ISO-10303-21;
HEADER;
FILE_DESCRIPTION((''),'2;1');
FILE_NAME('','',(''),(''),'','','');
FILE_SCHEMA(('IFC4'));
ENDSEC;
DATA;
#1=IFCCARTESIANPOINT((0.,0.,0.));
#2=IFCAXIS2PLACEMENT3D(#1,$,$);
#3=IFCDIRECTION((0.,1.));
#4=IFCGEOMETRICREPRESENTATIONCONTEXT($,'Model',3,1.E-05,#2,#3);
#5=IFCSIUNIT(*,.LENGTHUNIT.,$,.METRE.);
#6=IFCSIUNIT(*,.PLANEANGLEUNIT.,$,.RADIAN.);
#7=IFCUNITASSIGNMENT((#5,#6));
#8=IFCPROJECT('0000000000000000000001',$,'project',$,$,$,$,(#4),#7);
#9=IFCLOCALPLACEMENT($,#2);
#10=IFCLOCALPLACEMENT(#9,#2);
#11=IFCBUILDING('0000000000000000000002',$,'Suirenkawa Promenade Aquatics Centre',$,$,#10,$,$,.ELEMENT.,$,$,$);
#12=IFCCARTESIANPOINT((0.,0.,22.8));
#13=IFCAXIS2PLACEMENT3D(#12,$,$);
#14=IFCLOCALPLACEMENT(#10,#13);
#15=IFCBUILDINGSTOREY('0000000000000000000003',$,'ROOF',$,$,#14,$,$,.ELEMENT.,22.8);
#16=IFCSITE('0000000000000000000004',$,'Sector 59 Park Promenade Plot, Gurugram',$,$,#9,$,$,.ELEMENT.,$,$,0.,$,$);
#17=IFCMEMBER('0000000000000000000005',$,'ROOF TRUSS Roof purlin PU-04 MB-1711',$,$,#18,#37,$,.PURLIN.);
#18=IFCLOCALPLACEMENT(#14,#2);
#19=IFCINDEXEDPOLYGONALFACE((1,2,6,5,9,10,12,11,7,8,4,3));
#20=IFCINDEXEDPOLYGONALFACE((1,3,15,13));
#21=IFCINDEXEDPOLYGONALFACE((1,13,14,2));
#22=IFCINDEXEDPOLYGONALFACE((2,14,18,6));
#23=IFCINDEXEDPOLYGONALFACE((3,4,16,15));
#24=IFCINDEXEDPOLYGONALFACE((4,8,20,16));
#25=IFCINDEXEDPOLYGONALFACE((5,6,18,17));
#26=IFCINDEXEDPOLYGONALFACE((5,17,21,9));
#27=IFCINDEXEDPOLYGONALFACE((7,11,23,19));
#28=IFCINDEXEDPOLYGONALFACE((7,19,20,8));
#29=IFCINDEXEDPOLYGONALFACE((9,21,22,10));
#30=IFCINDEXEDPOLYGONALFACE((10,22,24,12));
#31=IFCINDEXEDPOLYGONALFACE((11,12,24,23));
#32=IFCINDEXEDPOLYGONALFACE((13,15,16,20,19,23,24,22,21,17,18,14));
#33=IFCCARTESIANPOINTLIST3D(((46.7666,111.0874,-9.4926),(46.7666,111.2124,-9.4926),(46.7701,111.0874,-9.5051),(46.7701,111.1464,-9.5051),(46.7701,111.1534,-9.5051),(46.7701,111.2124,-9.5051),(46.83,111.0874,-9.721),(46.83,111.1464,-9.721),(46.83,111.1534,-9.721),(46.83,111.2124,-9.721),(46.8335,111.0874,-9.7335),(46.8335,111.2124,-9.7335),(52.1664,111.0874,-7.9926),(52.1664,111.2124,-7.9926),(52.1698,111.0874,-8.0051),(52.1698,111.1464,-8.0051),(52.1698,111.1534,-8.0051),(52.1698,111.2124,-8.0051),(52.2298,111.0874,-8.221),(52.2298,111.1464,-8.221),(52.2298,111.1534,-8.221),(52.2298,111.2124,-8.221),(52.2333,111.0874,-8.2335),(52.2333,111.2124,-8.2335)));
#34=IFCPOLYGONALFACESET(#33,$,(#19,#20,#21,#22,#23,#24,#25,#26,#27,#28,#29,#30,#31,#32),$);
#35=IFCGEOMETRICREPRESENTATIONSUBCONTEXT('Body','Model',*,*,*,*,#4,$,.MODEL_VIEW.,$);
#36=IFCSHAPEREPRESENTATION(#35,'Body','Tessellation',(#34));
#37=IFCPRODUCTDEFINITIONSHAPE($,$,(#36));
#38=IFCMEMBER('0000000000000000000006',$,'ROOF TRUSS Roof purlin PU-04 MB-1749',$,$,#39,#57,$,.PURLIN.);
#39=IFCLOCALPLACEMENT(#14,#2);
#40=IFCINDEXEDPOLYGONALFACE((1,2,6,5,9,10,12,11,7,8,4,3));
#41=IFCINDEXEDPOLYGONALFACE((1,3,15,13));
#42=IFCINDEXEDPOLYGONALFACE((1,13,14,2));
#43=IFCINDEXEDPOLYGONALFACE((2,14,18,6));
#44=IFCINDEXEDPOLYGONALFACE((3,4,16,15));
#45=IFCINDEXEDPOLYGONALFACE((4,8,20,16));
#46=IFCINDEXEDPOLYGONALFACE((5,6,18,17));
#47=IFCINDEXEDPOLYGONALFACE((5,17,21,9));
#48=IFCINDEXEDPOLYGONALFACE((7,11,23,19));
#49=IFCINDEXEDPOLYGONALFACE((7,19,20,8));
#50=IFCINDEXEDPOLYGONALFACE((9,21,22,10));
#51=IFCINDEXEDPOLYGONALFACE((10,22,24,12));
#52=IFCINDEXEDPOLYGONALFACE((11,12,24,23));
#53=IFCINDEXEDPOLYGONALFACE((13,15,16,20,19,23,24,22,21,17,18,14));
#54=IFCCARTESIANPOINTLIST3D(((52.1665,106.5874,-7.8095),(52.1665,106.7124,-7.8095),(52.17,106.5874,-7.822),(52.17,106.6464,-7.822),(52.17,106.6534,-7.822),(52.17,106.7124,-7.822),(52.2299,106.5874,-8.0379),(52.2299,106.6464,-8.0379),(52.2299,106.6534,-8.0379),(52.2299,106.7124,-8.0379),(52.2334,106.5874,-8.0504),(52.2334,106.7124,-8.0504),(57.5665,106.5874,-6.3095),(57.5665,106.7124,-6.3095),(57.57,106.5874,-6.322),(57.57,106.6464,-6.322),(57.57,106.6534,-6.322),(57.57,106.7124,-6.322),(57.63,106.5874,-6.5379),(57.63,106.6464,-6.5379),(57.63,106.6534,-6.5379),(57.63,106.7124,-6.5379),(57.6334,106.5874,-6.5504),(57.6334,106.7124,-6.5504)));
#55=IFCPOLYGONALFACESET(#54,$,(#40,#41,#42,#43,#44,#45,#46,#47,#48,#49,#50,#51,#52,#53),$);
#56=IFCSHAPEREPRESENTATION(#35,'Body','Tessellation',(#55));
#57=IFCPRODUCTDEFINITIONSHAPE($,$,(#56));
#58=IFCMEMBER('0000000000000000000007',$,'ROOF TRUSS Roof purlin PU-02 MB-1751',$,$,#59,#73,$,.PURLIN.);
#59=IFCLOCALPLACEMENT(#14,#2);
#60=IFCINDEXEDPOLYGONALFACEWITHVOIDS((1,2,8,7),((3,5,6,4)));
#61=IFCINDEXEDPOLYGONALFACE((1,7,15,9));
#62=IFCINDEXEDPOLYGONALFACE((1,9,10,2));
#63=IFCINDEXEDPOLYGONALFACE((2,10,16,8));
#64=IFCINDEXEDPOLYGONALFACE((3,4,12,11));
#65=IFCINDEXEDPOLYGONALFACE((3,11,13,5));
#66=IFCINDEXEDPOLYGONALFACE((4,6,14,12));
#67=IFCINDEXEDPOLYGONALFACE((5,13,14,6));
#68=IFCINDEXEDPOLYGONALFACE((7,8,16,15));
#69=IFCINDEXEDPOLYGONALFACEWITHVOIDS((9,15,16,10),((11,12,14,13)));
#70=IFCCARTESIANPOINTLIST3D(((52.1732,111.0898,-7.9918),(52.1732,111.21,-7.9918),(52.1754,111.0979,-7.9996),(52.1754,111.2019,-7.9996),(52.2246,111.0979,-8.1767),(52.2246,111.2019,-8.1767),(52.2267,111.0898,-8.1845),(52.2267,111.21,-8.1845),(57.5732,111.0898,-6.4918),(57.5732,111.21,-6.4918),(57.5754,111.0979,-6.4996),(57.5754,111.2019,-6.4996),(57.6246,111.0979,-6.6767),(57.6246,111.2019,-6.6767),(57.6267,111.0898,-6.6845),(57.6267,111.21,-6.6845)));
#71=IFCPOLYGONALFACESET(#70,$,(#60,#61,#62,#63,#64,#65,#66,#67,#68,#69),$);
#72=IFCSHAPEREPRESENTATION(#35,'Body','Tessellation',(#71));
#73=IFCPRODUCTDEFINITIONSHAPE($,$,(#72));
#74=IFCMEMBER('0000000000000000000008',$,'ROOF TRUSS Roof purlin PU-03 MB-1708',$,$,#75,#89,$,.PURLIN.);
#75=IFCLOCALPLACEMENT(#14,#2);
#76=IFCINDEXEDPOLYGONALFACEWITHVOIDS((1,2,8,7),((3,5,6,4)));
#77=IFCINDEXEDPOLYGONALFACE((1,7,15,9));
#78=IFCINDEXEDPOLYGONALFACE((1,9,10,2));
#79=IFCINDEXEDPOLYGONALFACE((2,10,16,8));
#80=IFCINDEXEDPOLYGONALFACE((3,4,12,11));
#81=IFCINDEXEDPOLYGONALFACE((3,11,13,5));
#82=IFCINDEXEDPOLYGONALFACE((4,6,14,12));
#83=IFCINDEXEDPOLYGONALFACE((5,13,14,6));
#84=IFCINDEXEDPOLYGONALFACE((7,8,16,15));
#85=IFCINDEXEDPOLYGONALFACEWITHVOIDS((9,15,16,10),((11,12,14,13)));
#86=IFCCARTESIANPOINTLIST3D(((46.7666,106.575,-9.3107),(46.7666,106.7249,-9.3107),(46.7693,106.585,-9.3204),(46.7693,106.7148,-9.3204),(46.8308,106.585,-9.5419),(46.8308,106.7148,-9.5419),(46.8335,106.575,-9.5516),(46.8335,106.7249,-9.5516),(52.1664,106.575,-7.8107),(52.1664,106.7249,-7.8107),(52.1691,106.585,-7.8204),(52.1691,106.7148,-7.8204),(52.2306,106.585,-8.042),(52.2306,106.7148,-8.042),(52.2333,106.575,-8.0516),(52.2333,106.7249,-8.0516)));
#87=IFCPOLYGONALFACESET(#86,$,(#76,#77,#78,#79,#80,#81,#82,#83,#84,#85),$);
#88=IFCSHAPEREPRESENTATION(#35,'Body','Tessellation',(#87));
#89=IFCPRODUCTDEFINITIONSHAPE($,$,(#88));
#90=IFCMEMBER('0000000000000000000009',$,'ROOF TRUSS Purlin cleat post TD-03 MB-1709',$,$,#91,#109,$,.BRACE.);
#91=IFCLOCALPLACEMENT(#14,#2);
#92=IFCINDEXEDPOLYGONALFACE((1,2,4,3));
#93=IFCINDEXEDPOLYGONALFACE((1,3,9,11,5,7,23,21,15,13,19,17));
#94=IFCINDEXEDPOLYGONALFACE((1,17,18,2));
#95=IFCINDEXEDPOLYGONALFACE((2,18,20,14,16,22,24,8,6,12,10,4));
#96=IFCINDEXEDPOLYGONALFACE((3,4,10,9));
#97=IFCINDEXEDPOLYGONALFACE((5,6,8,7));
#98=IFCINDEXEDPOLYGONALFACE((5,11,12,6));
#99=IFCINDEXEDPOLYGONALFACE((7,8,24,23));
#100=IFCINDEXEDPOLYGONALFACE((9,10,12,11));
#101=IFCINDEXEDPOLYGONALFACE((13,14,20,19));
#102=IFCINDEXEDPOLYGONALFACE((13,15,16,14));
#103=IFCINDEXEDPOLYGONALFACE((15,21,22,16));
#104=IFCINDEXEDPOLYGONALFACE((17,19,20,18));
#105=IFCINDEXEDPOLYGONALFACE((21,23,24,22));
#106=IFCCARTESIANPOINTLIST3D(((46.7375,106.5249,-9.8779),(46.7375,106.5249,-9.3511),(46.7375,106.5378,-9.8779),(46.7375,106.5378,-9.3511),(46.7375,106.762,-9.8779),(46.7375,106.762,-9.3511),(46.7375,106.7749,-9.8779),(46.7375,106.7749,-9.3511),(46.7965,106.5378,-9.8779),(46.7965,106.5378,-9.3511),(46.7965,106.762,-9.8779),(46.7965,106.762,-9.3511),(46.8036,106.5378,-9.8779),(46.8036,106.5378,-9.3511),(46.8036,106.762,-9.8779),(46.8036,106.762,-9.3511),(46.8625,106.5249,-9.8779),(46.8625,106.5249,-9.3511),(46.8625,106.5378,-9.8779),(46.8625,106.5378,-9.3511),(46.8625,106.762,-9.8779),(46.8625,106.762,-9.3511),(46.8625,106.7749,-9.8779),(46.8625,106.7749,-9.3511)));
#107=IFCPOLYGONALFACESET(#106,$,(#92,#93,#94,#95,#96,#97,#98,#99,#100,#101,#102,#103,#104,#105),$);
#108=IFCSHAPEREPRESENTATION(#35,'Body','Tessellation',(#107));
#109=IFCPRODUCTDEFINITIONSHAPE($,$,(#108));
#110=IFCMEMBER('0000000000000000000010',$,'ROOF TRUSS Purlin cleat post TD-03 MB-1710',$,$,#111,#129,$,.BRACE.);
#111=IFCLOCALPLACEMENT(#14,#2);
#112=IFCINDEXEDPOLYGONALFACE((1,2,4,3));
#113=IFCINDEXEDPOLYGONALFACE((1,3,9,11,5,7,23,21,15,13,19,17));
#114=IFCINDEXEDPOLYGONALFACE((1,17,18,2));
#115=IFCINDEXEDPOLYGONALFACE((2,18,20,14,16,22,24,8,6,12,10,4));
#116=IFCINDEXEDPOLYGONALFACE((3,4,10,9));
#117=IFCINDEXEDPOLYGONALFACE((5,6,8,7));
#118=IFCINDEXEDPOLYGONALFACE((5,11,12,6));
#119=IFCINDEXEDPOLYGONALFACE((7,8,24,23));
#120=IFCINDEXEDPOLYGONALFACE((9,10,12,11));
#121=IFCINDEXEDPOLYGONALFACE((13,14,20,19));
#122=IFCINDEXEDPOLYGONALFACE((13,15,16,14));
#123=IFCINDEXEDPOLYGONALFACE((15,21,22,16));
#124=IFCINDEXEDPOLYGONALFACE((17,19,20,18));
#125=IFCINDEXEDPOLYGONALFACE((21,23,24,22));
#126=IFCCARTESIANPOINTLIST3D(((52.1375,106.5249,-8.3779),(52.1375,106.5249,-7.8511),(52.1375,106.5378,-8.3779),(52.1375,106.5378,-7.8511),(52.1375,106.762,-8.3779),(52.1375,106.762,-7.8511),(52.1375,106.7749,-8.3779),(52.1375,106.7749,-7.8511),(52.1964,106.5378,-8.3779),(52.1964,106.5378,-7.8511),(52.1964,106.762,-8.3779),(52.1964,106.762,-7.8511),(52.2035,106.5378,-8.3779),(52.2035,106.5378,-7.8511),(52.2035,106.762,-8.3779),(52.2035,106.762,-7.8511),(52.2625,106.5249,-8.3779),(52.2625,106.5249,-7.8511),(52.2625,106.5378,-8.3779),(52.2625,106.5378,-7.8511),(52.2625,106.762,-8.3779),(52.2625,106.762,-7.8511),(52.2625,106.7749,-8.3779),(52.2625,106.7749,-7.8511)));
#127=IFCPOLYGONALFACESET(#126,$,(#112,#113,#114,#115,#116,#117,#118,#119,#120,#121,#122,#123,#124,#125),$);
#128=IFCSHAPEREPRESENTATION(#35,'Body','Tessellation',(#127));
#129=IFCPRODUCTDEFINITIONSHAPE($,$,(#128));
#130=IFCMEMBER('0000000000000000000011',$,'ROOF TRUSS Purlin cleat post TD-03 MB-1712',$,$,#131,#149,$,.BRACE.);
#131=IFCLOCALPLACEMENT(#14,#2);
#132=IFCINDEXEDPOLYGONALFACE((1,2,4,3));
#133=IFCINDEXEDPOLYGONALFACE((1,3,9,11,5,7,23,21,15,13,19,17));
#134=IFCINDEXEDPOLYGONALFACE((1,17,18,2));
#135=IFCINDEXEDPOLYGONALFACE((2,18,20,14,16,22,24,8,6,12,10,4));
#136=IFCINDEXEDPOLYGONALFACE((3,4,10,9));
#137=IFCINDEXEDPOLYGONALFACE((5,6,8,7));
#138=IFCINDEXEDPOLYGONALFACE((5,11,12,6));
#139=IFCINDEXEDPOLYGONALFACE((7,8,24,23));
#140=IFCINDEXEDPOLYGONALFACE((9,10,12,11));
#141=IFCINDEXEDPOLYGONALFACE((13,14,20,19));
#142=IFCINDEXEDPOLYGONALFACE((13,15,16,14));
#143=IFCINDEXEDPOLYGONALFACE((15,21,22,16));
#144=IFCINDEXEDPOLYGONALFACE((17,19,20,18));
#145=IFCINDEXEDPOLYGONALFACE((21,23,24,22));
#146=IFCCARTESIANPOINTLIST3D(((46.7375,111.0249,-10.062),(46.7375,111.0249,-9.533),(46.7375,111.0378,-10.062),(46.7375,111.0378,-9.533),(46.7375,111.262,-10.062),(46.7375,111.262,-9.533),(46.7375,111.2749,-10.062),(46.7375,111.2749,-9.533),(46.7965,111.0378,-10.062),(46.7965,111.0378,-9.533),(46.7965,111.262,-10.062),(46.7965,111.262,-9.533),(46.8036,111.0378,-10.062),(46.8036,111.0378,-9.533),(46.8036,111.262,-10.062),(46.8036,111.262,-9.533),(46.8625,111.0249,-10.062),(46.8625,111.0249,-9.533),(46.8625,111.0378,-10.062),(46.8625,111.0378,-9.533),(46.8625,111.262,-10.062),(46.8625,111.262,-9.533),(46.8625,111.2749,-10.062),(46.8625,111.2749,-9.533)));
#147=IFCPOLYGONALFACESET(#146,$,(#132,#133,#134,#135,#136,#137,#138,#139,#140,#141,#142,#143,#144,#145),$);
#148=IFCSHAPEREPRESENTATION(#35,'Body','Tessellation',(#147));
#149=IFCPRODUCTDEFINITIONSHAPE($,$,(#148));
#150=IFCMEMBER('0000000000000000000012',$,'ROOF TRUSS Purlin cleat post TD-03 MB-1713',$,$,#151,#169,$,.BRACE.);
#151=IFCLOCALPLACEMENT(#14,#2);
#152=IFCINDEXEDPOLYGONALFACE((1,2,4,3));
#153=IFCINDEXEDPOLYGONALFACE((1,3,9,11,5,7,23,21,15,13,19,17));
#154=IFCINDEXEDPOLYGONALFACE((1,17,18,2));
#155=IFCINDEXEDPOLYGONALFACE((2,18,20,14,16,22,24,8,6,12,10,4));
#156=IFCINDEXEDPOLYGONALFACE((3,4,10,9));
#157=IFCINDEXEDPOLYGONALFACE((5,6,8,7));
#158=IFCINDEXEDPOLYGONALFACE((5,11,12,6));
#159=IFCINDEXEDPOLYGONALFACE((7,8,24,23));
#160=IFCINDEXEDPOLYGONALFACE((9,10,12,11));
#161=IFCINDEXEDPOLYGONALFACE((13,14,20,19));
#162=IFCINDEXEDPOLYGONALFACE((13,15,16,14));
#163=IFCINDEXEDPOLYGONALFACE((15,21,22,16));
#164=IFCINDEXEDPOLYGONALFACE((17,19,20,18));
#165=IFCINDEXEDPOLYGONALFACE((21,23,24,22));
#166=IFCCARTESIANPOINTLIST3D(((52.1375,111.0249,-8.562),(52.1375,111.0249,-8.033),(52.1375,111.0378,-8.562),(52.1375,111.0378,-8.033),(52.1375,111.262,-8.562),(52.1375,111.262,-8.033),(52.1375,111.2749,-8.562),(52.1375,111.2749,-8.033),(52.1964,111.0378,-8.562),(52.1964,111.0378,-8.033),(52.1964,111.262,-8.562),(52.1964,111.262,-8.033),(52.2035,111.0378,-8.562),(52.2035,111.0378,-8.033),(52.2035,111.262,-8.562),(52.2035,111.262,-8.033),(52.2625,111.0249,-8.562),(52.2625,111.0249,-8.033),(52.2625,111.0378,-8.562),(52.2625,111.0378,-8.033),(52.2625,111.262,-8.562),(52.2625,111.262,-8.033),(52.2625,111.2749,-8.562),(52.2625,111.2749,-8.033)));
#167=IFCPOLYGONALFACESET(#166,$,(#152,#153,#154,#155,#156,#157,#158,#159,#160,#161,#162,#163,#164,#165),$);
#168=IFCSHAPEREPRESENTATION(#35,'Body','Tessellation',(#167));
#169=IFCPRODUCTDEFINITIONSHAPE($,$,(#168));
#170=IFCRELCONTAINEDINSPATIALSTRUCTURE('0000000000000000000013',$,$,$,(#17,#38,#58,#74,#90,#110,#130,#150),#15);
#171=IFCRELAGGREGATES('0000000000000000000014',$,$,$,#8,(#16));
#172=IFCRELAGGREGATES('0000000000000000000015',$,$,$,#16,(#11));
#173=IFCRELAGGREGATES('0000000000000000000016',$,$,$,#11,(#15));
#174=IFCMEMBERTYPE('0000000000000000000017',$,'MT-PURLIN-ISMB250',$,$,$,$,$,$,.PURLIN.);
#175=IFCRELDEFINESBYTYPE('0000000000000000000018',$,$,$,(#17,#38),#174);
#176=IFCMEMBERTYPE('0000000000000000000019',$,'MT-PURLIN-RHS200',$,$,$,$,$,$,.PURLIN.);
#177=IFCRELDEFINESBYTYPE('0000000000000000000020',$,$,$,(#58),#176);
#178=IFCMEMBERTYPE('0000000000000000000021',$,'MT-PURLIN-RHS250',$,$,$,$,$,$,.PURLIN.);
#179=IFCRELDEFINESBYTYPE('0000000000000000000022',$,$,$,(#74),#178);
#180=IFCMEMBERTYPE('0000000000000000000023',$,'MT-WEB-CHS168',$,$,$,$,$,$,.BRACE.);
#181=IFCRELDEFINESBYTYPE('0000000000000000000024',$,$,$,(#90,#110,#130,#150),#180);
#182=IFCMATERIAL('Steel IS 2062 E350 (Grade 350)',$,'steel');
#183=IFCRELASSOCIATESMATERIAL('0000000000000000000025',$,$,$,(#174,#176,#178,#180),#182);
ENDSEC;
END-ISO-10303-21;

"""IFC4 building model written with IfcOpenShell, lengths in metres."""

from ifc_helpers import new_model, si_unit, direction, frame, origin, origin_2d, place, context, subcontext, project, spatial, hollow_rectangle, i_section, extrude, material, material_profile, profile_set, type_object, element, save


model = new_model("IFC4")

# Units and contexts
model_context = context("Model", 3, precision=1e-05, world=origin(), true_north=direction((0.0, 1.0)))
body_context = subcontext(model_context, "Body", "Model", "MODEL_VIEW")
ifc_project = project(units=[si_unit("LENGTHUNIT", "METRE"), si_unit("PLANEANGLEUNIT", "RADIAN")], contexts=[model_context])

# Site, building, storey
site_placement = place(None, origin())
site = spatial("IfcSite", under=ifc_project, at=site_placement, Name="Sector 59 Park Promenade Plot, Gurugram", CompositionType="ELEMENT", RefElevation=0.0)
building_placement = place(site_placement, origin())
building = spatial("IfcBuilding", under=site, at=building_placement, Name="Suirenkawa Promenade Aquatics Centre", CompositionType="ELEMENT")
storey_placement = place(building_placement, frame((0.0, 0.0, 22.8)))
storey = spatial("IfcBuildingStorey", under=building, at=storey_placement, Name="ROOF", CompositionType="ELEMENT", Elevation=22.8)

# Shared definitions
ifc_material = material(Name="Steel IS 2062 E350 (Grade 350)", Category="steel")

# Members
ifc_material_profile_1 = material_profile(ifc_material, i_section(OverallWidth=0.125, OverallDepth=0.25, WebThickness=0.0071, FlangeThickness=0.0129, at=origin_2d()), Name="ISMB 250", Category="steel")
ifc_profile_set_1 = profile_set([ifc_material_profile_1], Name="Steel IS 2062 E350 (Grade 350)")
member_type_1 = type_object("IfcMemberType", Name="MT-PURLIN-ISMB250", PredefinedType="PURLIN", material=ifc_profile_set_1)
member_1_placement = place(storey_placement, frame((46.8, 111.1499, -9.613), z_axis=(0.963517, 0.0, 0.267648), x_axis=(0.0, 1.0, 0.0)))
element("IfcMember", 1, at=member_1_placement, inside=storey, type_object=member_type_1, Name="ROOF TRUSS Roof purlin PU-04 MB-1711", PredefinedType="PURLIN", context=body_context, shape_type="SweptSolid", body=[
    extrude(i_section(OverallWidth=0.125, OverallDepth=0.25, WebThickness=0.0071, FlangeThickness=0.0129, at=origin_2d()), origin(), (0.0, 0.0, 1.0), 5.6042),
])
member_2_placement = place(storey_placement, frame((52.2, 106.6499, -7.9299), z_axis=(0.96352, 0.0, 0.267637), x_axis=(0.0, 1.0, 0.0)))
element("IfcMember", 2, at=member_2_placement, inside=storey, type_object=member_type_1, Name="ROOF TRUSS Roof purlin PU-04 MB-1749", PredefinedType="PURLIN", context=body_context, shape_type="SweptSolid", body=[
    extrude(i_section(OverallWidth=0.125, OverallDepth=0.25, WebThickness=0.0071, FlangeThickness=0.0129, at=origin_2d()), origin(), (0.0, 0.0, 1.0), 5.6045),
])
ifc_material_profile_2 = material_profile(ifc_material, hollow_rectangle(XDim=0.1201, YDim=0.2, WallThickness=0.0081, at=origin_2d()), Name="RHS 200x120x8", Category="steel")
ifc_profile_set_2 = profile_set([ifc_material_profile_2], Name="Steel IS 2062 E350 (Grade 350)")
member_type_2 = type_object("IfcMemberType", Name="MT-PURLIN-RHS200", PredefinedType="PURLIN", material=ifc_profile_set_2)
member_3_placement = place(storey_placement, frame((52.2, 111.1499, -8.0881), z_axis=(0.96352, 0.0, 0.267637), x_axis=(0.0, 1.0, 0.0)))
element("IfcMember", 3, at=member_3_placement, inside=storey, type_object=member_type_2, Name="ROOF TRUSS Roof purlin PU-02 MB-1751", PredefinedType="PURLIN", context=body_context, shape_type="SweptSolid", body=[
    extrude(hollow_rectangle(XDim=0.1201, YDim=0.2, WallThickness=0.0081, at=origin_2d()), origin(), (0.0, 0.0, 1.0), 5.6045),
])
ifc_material_profile_3 = material_profile(ifc_material, hollow_rectangle(XDim=0.1499, YDim=0.25, WallThickness=0.01, at=origin_2d()), Name="RHS 250x150x10", Category="steel")
ifc_profile_set_3 = profile_set([ifc_material_profile_3], Name="Steel IS 2062 E350 (Grade 350)")
member_type_3 = type_object("IfcMemberType", Name="MT-PURLIN-RHS250", PredefinedType="PURLIN", material=ifc_profile_set_3)
member_4_placement = place(storey_placement, frame((46.8, 106.6499, -9.4312), z_axis=(0.963517, 0.0, 0.267648), x_axis=(0.0, 1.0, 0.0)))
element("IfcMember", 4, at=member_4_placement, inside=storey, type_object=member_type_3, Name="ROOF TRUSS Roof purlin PU-03 MB-1708", PredefinedType="PURLIN", context=body_context, shape_type="SweptSolid", body=[
    extrude(hollow_rectangle(XDim=0.1499, YDim=0.25, WallThickness=0.01, at=origin_2d()), origin(), (0.0, 0.0, 1.0), 5.6042),
])
ifc_material_profile_4 = material_profile(ifc_material, i_section(OverallWidth=0.125, OverallDepth=0.25, WebThickness=0.0071, FlangeThickness=0.0129, at=origin_2d()), Name="ISMB 250", Category="steel")
ifc_profile_set_4 = profile_set([ifc_material_profile_4], Name="Steel IS 2062 E350 (Grade 350)")
member_type_4 = type_object("IfcMemberType", Name="MT-WEB-CHS168", PredefinedType="BRACE", material=ifc_profile_set_4)
for number, where, z_axis, x_axis, name in (
    (5, (46.8, 106.6499, -9.8779), (0.0, 0.0, 1.0), (1.0, 0.0, 0.0), "ROOF TRUSS Purlin cleat post TD-03 MB-1709"),
    (6, (52.2, 106.6499, -8.3779), (0.0, 0.0, 1.0), (1.0, 0.0, 0.0), "ROOF TRUSS Purlin cleat post TD-03 MB-1710"),
):
    element("IfcMember", number, at=place(storey_placement, frame(where, z_axis=z_axis, x_axis=x_axis)), inside=storey, type_object=member_type_4, Name=name, PredefinedType="BRACE", context=body_context, shape_type="SweptSolid", body=[
        extrude(i_section(OverallWidth=0.125, OverallDepth=0.25, WebThickness=0.0071, FlangeThickness=0.0129, at=origin_2d()), origin(), (0.0, 0.0, 1.0), 0.5269),
    ])
for number, where, z_axis, x_axis, name in (
    (7, (46.8, 111.1499, -10.062), (0.0, 0.0, 1.0), (1.0, 0.0, 0.0), "ROOF TRUSS Purlin cleat post TD-03 MB-1712"),
    (8, (52.2, 111.1499, -8.562), (0.0, 0.0, 1.0), (1.0, 0.0, 0.0), "ROOF TRUSS Purlin cleat post TD-03 MB-1713"),
):
    element("IfcMember", number, at=place(storey_placement, frame(where, z_axis=z_axis, x_axis=x_axis)), inside=storey, type_object=member_type_4, Name=name, PredefinedType="BRACE", context=body_context, shape_type="SweptSolid", body=[
        extrude(i_section(OverallWidth=0.125, OverallDepth=0.25, WebThickness=0.0071, FlangeThickness=0.0129, at=origin_2d()), origin(), (0.0, 0.0, 1.0), 0.5291),
    ])

save(model, "model.ifc")
